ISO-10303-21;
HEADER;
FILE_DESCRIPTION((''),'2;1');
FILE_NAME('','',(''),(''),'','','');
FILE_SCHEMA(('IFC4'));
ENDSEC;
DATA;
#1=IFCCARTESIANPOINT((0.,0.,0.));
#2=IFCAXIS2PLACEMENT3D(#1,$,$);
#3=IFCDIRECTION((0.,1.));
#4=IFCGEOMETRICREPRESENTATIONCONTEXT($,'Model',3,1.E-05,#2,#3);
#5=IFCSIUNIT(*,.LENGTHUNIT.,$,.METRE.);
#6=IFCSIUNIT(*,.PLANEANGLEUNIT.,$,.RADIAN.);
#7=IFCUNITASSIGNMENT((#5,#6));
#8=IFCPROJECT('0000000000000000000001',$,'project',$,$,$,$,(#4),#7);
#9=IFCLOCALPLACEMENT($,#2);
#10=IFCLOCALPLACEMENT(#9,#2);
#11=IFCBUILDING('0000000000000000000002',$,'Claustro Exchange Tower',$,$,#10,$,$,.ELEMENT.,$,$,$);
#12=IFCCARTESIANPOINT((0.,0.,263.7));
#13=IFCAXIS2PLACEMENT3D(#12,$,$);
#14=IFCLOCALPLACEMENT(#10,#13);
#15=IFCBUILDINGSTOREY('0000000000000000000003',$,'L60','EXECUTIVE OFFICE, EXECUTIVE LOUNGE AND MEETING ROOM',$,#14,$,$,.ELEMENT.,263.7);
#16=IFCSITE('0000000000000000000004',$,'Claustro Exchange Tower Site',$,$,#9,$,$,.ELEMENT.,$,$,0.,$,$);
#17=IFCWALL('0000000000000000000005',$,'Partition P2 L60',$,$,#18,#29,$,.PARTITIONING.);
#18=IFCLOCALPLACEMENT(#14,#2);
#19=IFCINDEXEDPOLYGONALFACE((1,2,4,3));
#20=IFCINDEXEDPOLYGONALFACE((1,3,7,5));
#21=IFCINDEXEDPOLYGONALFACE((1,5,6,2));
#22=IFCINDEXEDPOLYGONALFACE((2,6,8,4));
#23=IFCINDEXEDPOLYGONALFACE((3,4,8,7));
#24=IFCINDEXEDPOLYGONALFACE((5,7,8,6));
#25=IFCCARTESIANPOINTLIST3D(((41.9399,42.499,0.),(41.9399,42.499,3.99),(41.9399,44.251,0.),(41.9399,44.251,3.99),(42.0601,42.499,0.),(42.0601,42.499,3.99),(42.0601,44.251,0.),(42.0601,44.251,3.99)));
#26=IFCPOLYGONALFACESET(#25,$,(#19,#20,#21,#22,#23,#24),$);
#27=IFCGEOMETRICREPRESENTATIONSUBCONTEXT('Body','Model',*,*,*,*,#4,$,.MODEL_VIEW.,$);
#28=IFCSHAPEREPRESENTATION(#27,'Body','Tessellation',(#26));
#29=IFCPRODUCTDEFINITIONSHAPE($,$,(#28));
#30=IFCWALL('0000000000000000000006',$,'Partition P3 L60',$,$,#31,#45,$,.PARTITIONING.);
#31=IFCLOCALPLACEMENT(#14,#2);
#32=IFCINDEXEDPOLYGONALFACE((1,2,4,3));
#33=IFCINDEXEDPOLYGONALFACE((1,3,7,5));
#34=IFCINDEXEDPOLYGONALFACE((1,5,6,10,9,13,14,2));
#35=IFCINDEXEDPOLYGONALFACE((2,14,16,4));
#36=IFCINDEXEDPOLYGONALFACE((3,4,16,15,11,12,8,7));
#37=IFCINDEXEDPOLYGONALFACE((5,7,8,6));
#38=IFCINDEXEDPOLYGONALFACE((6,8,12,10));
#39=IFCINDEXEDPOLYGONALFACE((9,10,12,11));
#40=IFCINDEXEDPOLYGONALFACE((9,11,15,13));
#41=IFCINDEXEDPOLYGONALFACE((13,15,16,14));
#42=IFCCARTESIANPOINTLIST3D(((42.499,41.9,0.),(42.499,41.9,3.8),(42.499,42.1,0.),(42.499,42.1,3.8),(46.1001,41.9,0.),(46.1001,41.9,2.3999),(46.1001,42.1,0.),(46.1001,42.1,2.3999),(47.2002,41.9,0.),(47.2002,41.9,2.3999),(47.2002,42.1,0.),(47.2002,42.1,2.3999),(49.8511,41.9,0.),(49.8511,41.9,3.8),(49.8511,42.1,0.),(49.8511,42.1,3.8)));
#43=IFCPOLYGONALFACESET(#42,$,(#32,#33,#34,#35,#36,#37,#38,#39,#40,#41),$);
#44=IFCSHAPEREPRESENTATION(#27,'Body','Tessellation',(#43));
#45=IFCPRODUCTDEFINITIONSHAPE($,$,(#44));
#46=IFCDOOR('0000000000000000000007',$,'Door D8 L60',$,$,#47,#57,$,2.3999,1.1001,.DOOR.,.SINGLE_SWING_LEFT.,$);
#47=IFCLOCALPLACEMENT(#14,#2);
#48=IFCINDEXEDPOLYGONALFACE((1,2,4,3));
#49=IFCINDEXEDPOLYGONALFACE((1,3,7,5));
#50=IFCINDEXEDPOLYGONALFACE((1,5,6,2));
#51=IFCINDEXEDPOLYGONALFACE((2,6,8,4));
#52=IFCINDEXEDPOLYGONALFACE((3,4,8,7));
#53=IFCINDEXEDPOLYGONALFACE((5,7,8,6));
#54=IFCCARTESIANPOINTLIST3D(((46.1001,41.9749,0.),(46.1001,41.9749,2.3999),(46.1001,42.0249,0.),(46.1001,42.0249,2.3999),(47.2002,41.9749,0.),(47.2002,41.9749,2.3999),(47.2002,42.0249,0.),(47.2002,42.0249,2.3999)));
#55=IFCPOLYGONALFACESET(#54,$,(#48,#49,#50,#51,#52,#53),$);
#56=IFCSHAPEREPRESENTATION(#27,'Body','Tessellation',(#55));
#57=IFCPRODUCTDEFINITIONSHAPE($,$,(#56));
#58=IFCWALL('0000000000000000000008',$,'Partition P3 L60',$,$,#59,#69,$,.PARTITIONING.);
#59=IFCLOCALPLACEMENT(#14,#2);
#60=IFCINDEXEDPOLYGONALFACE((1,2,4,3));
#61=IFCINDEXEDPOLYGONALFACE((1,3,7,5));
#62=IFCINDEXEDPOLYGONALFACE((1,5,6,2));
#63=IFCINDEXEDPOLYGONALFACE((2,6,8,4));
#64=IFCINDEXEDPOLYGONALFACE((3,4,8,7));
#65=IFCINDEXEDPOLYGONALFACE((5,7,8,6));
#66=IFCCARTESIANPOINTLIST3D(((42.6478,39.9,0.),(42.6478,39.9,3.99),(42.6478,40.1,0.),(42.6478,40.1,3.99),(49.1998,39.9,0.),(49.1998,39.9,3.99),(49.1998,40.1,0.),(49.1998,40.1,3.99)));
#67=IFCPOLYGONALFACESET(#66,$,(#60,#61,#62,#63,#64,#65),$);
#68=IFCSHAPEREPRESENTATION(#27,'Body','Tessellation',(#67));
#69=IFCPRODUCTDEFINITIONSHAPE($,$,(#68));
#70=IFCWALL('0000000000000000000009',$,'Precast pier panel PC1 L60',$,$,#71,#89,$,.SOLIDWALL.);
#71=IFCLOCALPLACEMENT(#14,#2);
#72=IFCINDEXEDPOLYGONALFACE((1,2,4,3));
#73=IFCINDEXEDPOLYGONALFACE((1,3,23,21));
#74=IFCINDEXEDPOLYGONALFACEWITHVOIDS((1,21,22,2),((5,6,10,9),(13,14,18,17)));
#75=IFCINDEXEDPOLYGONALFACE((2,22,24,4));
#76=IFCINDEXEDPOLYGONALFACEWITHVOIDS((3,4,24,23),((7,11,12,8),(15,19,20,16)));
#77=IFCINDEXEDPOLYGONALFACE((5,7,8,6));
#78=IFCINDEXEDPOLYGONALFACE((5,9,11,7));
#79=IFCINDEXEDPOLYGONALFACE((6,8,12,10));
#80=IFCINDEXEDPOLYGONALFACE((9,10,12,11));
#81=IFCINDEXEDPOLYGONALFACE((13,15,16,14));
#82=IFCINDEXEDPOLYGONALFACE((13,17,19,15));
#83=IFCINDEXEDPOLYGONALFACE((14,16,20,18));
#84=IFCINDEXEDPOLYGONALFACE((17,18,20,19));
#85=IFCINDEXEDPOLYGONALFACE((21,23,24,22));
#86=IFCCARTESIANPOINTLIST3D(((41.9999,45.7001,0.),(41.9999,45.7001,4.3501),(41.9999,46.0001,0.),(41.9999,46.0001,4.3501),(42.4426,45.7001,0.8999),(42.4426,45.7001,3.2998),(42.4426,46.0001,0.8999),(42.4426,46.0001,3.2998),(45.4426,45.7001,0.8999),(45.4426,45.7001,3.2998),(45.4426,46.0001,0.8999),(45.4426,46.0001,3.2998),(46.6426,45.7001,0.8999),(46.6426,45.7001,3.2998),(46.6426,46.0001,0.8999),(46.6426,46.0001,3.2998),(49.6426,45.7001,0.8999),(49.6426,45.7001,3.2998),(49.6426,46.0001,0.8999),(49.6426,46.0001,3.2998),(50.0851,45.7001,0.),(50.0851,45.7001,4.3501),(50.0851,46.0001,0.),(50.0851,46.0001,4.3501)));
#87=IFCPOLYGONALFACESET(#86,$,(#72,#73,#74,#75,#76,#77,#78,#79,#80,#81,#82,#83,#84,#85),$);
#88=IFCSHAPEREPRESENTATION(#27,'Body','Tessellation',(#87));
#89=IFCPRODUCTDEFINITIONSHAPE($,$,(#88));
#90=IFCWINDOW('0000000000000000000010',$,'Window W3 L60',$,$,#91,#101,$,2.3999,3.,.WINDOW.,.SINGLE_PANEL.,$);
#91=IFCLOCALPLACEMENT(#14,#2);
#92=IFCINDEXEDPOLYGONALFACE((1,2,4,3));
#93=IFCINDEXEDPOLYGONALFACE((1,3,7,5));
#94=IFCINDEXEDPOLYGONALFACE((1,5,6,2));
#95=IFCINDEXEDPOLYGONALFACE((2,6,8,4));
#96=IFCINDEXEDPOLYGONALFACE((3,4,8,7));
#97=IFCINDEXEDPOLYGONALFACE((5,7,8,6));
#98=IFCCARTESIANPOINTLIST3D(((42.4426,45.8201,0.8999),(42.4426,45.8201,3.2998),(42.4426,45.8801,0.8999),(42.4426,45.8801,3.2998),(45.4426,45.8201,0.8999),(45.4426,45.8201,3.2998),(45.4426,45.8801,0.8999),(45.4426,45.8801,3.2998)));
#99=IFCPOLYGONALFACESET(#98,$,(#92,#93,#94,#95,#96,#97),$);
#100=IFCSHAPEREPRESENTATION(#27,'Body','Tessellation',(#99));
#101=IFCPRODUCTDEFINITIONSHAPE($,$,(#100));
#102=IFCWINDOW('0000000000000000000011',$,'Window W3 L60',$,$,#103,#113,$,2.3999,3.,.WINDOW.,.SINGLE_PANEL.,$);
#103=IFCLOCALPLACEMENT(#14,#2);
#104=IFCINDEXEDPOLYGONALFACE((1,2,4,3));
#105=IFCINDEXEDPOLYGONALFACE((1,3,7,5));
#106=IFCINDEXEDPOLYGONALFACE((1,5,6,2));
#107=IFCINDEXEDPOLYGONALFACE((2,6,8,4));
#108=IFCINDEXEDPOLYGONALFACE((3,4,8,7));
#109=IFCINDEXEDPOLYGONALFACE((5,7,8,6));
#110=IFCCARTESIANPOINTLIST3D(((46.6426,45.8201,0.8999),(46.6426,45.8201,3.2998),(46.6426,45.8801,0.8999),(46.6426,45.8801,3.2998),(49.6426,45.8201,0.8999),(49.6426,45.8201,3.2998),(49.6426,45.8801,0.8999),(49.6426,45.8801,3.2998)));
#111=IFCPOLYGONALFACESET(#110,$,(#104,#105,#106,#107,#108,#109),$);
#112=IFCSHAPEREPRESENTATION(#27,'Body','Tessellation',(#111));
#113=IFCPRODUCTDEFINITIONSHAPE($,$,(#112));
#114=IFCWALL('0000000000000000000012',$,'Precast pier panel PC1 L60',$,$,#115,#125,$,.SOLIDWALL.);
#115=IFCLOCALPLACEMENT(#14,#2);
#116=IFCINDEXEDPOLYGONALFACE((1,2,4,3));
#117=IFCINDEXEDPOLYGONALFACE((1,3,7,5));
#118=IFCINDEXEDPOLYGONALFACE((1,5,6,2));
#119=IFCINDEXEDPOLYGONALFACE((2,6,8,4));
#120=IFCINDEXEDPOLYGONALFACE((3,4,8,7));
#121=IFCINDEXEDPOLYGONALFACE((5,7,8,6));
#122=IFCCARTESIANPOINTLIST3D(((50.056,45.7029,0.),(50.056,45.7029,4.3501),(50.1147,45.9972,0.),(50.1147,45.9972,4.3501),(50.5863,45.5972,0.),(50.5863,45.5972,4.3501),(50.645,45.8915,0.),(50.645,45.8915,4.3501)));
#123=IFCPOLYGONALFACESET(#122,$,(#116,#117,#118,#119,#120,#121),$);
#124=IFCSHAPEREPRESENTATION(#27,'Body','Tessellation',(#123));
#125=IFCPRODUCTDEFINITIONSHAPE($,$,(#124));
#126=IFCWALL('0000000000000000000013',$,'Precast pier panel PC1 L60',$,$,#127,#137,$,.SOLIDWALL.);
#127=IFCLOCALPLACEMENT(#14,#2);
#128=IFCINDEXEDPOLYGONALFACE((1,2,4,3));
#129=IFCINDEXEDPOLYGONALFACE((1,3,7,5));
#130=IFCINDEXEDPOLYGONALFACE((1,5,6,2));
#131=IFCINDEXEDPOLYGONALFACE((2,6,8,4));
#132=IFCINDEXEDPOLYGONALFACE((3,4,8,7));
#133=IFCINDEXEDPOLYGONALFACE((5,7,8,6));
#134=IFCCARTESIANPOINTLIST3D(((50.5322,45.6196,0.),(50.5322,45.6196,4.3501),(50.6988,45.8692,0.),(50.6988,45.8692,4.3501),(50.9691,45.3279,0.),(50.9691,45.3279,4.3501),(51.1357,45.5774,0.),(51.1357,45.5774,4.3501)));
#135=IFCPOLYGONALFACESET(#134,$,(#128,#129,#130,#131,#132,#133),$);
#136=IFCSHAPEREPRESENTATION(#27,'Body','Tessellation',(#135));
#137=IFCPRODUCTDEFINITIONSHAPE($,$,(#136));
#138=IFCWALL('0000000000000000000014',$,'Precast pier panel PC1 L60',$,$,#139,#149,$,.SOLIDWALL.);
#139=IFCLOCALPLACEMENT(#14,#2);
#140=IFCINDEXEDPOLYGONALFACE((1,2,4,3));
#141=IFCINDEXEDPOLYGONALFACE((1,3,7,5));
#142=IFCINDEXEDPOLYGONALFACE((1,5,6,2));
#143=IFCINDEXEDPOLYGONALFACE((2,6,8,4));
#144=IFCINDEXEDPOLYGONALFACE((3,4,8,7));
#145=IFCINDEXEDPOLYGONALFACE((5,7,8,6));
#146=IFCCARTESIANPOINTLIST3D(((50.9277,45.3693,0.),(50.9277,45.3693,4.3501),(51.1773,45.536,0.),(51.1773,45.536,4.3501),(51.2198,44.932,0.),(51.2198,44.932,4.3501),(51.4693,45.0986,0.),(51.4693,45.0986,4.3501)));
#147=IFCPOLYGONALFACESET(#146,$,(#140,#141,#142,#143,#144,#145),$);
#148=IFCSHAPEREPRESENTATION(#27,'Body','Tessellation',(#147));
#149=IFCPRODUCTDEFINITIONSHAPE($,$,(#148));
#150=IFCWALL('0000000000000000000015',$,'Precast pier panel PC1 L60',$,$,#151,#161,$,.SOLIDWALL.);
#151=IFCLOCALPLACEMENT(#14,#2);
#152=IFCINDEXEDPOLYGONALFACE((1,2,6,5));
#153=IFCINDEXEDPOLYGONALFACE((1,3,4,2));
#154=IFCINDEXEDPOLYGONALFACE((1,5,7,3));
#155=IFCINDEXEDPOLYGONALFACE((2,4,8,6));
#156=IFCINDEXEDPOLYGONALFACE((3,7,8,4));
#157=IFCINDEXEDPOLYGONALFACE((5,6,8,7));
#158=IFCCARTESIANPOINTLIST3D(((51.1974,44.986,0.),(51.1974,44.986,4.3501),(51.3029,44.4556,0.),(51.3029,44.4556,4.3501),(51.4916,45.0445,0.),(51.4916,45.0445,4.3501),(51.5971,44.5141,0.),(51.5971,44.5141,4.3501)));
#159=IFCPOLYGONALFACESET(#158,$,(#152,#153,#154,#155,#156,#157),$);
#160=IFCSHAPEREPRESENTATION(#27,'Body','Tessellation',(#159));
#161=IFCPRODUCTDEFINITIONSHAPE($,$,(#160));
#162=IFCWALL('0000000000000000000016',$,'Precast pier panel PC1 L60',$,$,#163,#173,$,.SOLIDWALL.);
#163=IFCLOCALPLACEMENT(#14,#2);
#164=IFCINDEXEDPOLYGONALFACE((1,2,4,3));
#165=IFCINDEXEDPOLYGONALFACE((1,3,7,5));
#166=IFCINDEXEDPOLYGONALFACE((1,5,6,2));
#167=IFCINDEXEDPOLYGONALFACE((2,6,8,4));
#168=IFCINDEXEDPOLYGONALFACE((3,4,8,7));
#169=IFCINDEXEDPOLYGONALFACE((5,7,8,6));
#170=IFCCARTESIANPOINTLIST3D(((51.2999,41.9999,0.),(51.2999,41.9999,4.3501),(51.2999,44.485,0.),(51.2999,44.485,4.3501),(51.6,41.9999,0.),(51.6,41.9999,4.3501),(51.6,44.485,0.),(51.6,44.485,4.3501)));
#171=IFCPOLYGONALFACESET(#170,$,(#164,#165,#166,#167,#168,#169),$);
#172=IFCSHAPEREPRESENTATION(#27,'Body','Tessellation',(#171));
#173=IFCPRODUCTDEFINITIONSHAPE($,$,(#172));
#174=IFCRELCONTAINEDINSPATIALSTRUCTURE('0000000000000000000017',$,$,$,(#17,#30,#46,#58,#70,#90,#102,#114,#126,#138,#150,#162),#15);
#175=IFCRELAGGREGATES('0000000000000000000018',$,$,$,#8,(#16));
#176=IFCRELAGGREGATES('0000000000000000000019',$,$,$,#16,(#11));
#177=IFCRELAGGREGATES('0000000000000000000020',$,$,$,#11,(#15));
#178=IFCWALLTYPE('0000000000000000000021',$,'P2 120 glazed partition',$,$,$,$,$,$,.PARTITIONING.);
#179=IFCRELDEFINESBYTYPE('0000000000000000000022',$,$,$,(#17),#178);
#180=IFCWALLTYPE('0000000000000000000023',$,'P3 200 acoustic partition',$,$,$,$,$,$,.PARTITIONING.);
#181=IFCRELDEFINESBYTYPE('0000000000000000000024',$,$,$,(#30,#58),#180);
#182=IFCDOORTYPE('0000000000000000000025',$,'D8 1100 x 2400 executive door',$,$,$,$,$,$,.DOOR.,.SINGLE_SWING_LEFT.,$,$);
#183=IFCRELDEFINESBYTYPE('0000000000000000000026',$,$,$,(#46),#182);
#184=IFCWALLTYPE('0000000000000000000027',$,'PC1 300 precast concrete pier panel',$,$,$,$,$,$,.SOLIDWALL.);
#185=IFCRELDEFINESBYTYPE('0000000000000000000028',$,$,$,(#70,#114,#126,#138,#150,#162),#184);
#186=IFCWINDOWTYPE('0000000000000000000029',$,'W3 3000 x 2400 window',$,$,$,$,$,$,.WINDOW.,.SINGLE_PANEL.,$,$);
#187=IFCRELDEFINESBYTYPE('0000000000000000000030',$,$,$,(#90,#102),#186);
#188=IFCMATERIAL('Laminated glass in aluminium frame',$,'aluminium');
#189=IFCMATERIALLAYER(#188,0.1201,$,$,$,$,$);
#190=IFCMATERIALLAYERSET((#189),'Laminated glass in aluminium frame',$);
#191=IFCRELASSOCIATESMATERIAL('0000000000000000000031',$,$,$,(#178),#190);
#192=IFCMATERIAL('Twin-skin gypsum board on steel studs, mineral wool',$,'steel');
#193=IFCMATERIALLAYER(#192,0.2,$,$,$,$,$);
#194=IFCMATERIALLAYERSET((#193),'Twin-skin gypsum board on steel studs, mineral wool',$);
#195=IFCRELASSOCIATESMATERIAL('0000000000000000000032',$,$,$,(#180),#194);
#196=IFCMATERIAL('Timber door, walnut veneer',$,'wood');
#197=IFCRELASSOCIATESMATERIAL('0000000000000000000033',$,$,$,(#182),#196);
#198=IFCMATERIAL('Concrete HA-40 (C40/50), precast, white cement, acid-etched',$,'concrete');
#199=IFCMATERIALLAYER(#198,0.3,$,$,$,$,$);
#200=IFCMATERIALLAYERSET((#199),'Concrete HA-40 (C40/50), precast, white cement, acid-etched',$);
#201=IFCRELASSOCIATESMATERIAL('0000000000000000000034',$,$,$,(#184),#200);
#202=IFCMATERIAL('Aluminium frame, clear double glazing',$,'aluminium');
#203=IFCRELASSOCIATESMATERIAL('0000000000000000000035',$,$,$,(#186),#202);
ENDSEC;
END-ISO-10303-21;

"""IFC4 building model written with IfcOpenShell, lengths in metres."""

from ifc_helpers import new_model, si_unit, direction, frame, frame_2d, origin, place, context, subcontext, project, spatial, rectangle, extrude, material, layer, layer_set, type_object, element, fill, save


model = new_model("IFC4")

# Units and contexts
model_context = context("Model", 3, precision=1e-05, world=origin(), true_north=direction((0.0, 1.0)))
body_context = subcontext(model_context, "Body", "Model", "MODEL_VIEW")
ifc_project = project(units=[si_unit("LENGTHUNIT", "METRE"), si_unit("PLANEANGLEUNIT", "RADIAN")], contexts=[model_context])

# Site, building, storey
site_placement = place(None, origin())
site = spatial("IfcSite", under=ifc_project, at=site_placement, Name="Claustro Exchange Tower Site", CompositionType="ELEMENT", RefElevation=0.0)
building_placement = place(site_placement, origin())
building = spatial("IfcBuilding", under=site, at=building_placement, Name="Claustro Exchange Tower", CompositionType="ELEMENT")
storey_placement = place(building_placement, frame((0.0, 0.0, 263.7)))
storey = spatial("IfcBuildingStorey", under=building, at=storey_placement, Name="L60", Description="EXECUTIVE OFFICE, EXECUTIVE LOUNGE AND MEETING ROOM", CompositionType="ELEMENT", Elevation=263.7)

# Wall
ifc_material_1 = material(Name="Laminated glass in aluminium frame", Category="aluminium")
ifc_layer_1 = layer(ifc_material_1, 0.1201)
ifc_layer_set_1 = layer_set([ifc_layer_1], Name="Laminated glass in aluminium frame")
wall_type_1 = type_object("IfcWallType", Name="P2 120 glazed partition", PredefinedType="PARTITIONING", material=ifc_layer_set_1)
wall_1_placement = place(storey_placement, frame((42.0, 42.499, 0.0), z_axis=(0.0, 0.0, 1.0), x_axis=(0.0, 1.0, 0.0)))
element("IfcWall", 1, at=wall_1_placement, inside=storey, type_object=wall_type_1, Name="Partition P2 L60", PredefinedType="PARTITIONING", context=body_context, shape_type="SweptSolid", body=[
    extrude(rectangle(XDim=1.752, YDim=0.1201, at=frame_2d((0.876, 0.0))), origin(), (0.0, 0.0, 1.0), 3.99),
])

# Wall, opening, door
ifc_material_2 = material(Name="Twin-skin gypsum board on steel studs, mineral wool", Category="steel")
ifc_layer_2 = layer(ifc_material_2, 0.2)
ifc_layer_set_2 = layer_set([ifc_layer_2], Name="Twin-skin gypsum board on steel studs, mineral wool")
wall_type_2 = type_object("IfcWallType", Name="P3 200 acoustic partition", PredefinedType="PARTITIONING", material=ifc_layer_set_2)
wall_2_placement = place(storey_placement, frame((42.499, 42.0, 0.0), z_axis=(0.0, 0.0, 1.0), x_axis=(1.0, 0.0, 0.0)))
wall_2 = element("IfcWall", 2, at=wall_2_placement, inside=storey, type_object=wall_type_2, Name="Partition P3 L60", PredefinedType="PARTITIONING", context=body_context, shape_type="SweptSolid", body=[
    extrude(rectangle(XDim=7.3521, YDim=0.2, at=frame_2d((3.676, 0.0))), origin(), (0.0, 0.0, 1.0), 3.8),
])
opening_1_placement = place(wall_2_placement, frame((3.6011, 0.0, 0.0)))
opening_1 = element("IfcOpeningElement", 3, at=opening_1_placement, cuts=wall_2, PredefinedType="OPENING", context=body_context, shape_type="SweptSolid", body=[
    extrude(rectangle(XDim=1.1001, YDim=2.3999, at=frame_2d((0.55, 1.2))), frame((0.0, 0.1099, 0.0), z_axis=(0.0, -1.0, 0.0), x_axis=(1.0, 0.0, 0.0)), (0.0, 0.0, 1.0), 0.22),
])
ifc_material_3 = material(Name="Timber door, walnut veneer", Category="wood")
door_type = type_object("IfcDoorType", Name="D8 1100 x 2400 executive door", OperationType="SINGLE_SWING_LEFT", PredefinedType="DOOR", material=ifc_material_3)
door_placement = place(opening_1_placement, origin())
door = element("IfcDoor", 4, at=door_placement, inside=storey, type_object=door_type, Name="Door D8 L60", OperationType="SINGLE_SWING_LEFT", OverallHeight=2.3999, OverallWidth=1.1001, PredefinedType="DOOR", context=body_context, shape_type="SweptSolid", body=[
    extrude(rectangle(XDim=1.1001, YDim=2.3999, at=frame_2d((0.55, 1.2))), frame((0.0, 0.0249, 0.0), z_axis=(0.0, -1.0, 0.0), x_axis=(1.0, 0.0, 0.0)), (0.0, 0.0, 1.0), 0.05),
])
fill(opening_1, door)

# Wall
wall_3_placement = place(storey_placement, frame((42.6479, 40.0, 0.0), z_axis=(0.0, 0.0, 1.0), x_axis=(1.0, 0.0, 0.0)))
element("IfcWall", 5, at=wall_3_placement, inside=storey, type_object=wall_type_2, Name="Partition P3 L60", PredefinedType="PARTITIONING", context=body_context, shape_type="SweptSolid", body=[
    extrude(rectangle(XDim=6.552, YDim=0.2, at=frame_2d((3.2759, 0.0))), origin(), (0.0, 0.0, 1.0), 3.99),
])

# Wall, openings, windows
ifc_material_4 = material(Name="Concrete HA-40 (C40/50), precast, white cement, acid-etched", Category="concrete")
ifc_layer_3 = layer(ifc_material_4, 0.3)
ifc_layer_set_3 = layer_set([ifc_layer_3], Name="Concrete HA-40 (C40/50), precast, white cement, acid-etched")
wall_type_3 = type_object("IfcWallType", Name="PC1 300 precast concrete pier panel", PredefinedType="SOLIDWALL", material=ifc_layer_set_3)
wall_4_placement = place(storey_placement, frame((42.0, 45.8501, 0.0), z_axis=(0.0, 0.0, 1.0), x_axis=(1.0, 0.0, 0.0)))
wall_4 = element("IfcWall", 6, at=wall_4_placement, inside=storey, type_object=wall_type_3, Name="Precast pier panel PC1 L60", PredefinedType="SOLIDWALL", context=body_context, shape_type="SweptSolid", body=[
    extrude(rectangle(XDim=8.0852, YDim=0.3, at=frame_2d((4.0425, 0.0))), origin(), (0.0, 0.0, 1.0), 4.3501),
])
opening_2_placement = place(wall_4_placement, frame((0.4426, 0.0, 0.8999)))
opening_2 = element("IfcOpeningElement", 7, at=opening_2_placement, cuts=wall_4, PredefinedType="OPENING", context=body_context, shape_type="SweptSolid", body=[
    extrude(rectangle(XDim=3.0, YDim=2.3999, at=frame_2d((1.5, 1.2))), frame((0.0, 0.1599, 0.0), z_axis=(0.0, -1.0, 0.0), x_axis=(1.0, 0.0, 0.0)), (0.0, 0.0, 1.0), 0.3201),
])
opening_3_placement = place(wall_4_placement, frame((4.6426, 0.0, 0.8999)))
opening_3 = element("IfcOpeningElement", 8, at=opening_3_placement, cuts=wall_4, PredefinedType="OPENING", context=body_context, shape_type="SweptSolid", body=[
    extrude(rectangle(XDim=3.0, YDim=2.3999, at=frame_2d((1.5, 1.2))), frame((0.0, 0.1599, 0.0), z_axis=(0.0, -1.0, 0.0), x_axis=(1.0, 0.0, 0.0)), (0.0, 0.0, 1.0), 0.3201),
])
ifc_material_5 = material(Name="Aluminium frame, clear double glazing", Category="aluminium")
window_type_1 = type_object("IfcWindowType", Name="W3 3000 x 2400 window", PartitioningType="SINGLE_PANEL", PredefinedType="WINDOW", material=ifc_material_5)
window_1_placement = place(opening_2_placement, origin())
window_1 = element("IfcWindow", 9, at=window_1_placement, inside=storey, type_object=window_type_1, Name="Window W3 L60", OverallHeight=2.3999, OverallWidth=3.0, PartitioningType="SINGLE_PANEL", PredefinedType="WINDOW", context=body_context, shape_type="SweptSolid", body=[
    extrude(rectangle(XDim=3.0, YDim=2.3999, at=frame_2d((1.5, 1.2))), frame((0.0, 0.03, 0.0), z_axis=(0.0, -1.0, 0.0), x_axis=(1.0, 0.0, 0.0)), (0.0, 0.0, 1.0), 0.0601),
])
fill(opening_2, window_1)
window_2_placement = place(opening_3_placement, origin())
window_2 = element("IfcWindow", 10, at=window_2_placement, inside=storey, type_object=window_type_1, Name="Window W3 L60", OverallHeight=2.3999, OverallWidth=3.0, PartitioningType="SINGLE_PANEL", PredefinedType="WINDOW", context=body_context, shape_type="SweptSolid", body=[
    extrude(rectangle(XDim=3.0, YDim=2.3999, at=frame_2d((1.5, 1.2))), frame((0.0, 0.03, 0.0), z_axis=(0.0, -1.0, 0.0), x_axis=(1.0, 0.0, 0.0)), (0.0, 0.0, 1.0), 0.0601),
])
fill(opening_3, window_2)

# Walls
wall_5_placement = place(storey_placement, frame((50.0852, 45.8501, 0.0), z_axis=(0.0, 0.0, 1.0), x_axis=(0.980702, -0.195508, 0.0)))
element("IfcWall", 11, at=wall_5_placement, inside=storey, type_object=wall_type_3, Name="Precast pier panel PC1 L60", PredefinedType="SOLIDWALL", context=body_context, shape_type="SweptSolid", body=[
    extrude(rectangle(XDim=0.5408, YDim=0.3, at=frame_2d((0.2705, 0.0))), origin(), (0.0, 0.0, 1.0), 4.3501),
])
wall_6_placement = place(storey_placement, frame((50.6155, 45.7444, 0.0), z_axis=(0.0, 0.0, 1.0), x_axis=(0.831693, -0.555236, 0.0)))
element("IfcWall", 12, at=wall_6_placement, inside=storey, type_object=wall_type_3, Name="Precast pier panel PC1 L60", PredefinedType="SOLIDWALL", context=body_context, shape_type="SweptSolid", body=[
    extrude(rectangle(XDim=0.5254, YDim=0.3, at=frame_2d((0.2627, 0.0))), origin(), (0.0, 0.0, 1.0), 4.3501),
])
wall_7_placement = place(storey_placement, frame((51.0525, 45.4526, 0.0), z_axis=(0.0, 0.0, 1.0), x_axis=(0.555343, -0.831621, 0.0)))
element("IfcWall", 13, at=wall_7_placement, inside=storey, type_object=wall_type_3, Name="Precast pier panel PC1 L60", PredefinedType="SOLIDWALL", context=body_context, shape_type="SweptSolid", body=[
    extrude(rectangle(XDim=0.5259, YDim=0.3, at=frame_2d((0.2629, 0.0))), origin(), (0.0, 0.0, 1.0), 4.3501),
])
wall_8_placement = place(storey_placement, frame((51.3445, 45.0154, 0.0), z_axis=(0.0, 0.0, 1.0), x_axis=(0.195074, -0.980789, 0.0)))
element("IfcWall", 14, at=wall_8_placement, inside=storey, type_object=wall_type_3, Name="Precast pier panel PC1 L60", PredefinedType="SOLIDWALL", context=body_context, shape_type="SweptSolid", body=[
    extrude(rectangle(XDim=0.5408, YDim=0.3, at=frame_2d((0.2705, 0.0))), origin(), (0.0, 0.0, 1.0), 4.3501),
])
wall_9_placement = place(storey_placement, frame((51.45, 44.4851, 0.0), z_axis=(0.0, 0.0, 1.0), x_axis=(0.0, -1.0, 0.0)))
element("IfcWall", 15, at=wall_9_placement, inside=storey, type_object=wall_type_3, Name="Precast pier panel PC1 L60", PredefinedType="SOLIDWALL", context=body_context, shape_type="SweptSolid", body=[
    extrude(rectangle(XDim=2.4851, YDim=0.3, at=frame_2d((1.2427, 0.0))), origin(), (0.0, 0.0, 1.0), 4.3501),
])

save(model, "model.ifc")
